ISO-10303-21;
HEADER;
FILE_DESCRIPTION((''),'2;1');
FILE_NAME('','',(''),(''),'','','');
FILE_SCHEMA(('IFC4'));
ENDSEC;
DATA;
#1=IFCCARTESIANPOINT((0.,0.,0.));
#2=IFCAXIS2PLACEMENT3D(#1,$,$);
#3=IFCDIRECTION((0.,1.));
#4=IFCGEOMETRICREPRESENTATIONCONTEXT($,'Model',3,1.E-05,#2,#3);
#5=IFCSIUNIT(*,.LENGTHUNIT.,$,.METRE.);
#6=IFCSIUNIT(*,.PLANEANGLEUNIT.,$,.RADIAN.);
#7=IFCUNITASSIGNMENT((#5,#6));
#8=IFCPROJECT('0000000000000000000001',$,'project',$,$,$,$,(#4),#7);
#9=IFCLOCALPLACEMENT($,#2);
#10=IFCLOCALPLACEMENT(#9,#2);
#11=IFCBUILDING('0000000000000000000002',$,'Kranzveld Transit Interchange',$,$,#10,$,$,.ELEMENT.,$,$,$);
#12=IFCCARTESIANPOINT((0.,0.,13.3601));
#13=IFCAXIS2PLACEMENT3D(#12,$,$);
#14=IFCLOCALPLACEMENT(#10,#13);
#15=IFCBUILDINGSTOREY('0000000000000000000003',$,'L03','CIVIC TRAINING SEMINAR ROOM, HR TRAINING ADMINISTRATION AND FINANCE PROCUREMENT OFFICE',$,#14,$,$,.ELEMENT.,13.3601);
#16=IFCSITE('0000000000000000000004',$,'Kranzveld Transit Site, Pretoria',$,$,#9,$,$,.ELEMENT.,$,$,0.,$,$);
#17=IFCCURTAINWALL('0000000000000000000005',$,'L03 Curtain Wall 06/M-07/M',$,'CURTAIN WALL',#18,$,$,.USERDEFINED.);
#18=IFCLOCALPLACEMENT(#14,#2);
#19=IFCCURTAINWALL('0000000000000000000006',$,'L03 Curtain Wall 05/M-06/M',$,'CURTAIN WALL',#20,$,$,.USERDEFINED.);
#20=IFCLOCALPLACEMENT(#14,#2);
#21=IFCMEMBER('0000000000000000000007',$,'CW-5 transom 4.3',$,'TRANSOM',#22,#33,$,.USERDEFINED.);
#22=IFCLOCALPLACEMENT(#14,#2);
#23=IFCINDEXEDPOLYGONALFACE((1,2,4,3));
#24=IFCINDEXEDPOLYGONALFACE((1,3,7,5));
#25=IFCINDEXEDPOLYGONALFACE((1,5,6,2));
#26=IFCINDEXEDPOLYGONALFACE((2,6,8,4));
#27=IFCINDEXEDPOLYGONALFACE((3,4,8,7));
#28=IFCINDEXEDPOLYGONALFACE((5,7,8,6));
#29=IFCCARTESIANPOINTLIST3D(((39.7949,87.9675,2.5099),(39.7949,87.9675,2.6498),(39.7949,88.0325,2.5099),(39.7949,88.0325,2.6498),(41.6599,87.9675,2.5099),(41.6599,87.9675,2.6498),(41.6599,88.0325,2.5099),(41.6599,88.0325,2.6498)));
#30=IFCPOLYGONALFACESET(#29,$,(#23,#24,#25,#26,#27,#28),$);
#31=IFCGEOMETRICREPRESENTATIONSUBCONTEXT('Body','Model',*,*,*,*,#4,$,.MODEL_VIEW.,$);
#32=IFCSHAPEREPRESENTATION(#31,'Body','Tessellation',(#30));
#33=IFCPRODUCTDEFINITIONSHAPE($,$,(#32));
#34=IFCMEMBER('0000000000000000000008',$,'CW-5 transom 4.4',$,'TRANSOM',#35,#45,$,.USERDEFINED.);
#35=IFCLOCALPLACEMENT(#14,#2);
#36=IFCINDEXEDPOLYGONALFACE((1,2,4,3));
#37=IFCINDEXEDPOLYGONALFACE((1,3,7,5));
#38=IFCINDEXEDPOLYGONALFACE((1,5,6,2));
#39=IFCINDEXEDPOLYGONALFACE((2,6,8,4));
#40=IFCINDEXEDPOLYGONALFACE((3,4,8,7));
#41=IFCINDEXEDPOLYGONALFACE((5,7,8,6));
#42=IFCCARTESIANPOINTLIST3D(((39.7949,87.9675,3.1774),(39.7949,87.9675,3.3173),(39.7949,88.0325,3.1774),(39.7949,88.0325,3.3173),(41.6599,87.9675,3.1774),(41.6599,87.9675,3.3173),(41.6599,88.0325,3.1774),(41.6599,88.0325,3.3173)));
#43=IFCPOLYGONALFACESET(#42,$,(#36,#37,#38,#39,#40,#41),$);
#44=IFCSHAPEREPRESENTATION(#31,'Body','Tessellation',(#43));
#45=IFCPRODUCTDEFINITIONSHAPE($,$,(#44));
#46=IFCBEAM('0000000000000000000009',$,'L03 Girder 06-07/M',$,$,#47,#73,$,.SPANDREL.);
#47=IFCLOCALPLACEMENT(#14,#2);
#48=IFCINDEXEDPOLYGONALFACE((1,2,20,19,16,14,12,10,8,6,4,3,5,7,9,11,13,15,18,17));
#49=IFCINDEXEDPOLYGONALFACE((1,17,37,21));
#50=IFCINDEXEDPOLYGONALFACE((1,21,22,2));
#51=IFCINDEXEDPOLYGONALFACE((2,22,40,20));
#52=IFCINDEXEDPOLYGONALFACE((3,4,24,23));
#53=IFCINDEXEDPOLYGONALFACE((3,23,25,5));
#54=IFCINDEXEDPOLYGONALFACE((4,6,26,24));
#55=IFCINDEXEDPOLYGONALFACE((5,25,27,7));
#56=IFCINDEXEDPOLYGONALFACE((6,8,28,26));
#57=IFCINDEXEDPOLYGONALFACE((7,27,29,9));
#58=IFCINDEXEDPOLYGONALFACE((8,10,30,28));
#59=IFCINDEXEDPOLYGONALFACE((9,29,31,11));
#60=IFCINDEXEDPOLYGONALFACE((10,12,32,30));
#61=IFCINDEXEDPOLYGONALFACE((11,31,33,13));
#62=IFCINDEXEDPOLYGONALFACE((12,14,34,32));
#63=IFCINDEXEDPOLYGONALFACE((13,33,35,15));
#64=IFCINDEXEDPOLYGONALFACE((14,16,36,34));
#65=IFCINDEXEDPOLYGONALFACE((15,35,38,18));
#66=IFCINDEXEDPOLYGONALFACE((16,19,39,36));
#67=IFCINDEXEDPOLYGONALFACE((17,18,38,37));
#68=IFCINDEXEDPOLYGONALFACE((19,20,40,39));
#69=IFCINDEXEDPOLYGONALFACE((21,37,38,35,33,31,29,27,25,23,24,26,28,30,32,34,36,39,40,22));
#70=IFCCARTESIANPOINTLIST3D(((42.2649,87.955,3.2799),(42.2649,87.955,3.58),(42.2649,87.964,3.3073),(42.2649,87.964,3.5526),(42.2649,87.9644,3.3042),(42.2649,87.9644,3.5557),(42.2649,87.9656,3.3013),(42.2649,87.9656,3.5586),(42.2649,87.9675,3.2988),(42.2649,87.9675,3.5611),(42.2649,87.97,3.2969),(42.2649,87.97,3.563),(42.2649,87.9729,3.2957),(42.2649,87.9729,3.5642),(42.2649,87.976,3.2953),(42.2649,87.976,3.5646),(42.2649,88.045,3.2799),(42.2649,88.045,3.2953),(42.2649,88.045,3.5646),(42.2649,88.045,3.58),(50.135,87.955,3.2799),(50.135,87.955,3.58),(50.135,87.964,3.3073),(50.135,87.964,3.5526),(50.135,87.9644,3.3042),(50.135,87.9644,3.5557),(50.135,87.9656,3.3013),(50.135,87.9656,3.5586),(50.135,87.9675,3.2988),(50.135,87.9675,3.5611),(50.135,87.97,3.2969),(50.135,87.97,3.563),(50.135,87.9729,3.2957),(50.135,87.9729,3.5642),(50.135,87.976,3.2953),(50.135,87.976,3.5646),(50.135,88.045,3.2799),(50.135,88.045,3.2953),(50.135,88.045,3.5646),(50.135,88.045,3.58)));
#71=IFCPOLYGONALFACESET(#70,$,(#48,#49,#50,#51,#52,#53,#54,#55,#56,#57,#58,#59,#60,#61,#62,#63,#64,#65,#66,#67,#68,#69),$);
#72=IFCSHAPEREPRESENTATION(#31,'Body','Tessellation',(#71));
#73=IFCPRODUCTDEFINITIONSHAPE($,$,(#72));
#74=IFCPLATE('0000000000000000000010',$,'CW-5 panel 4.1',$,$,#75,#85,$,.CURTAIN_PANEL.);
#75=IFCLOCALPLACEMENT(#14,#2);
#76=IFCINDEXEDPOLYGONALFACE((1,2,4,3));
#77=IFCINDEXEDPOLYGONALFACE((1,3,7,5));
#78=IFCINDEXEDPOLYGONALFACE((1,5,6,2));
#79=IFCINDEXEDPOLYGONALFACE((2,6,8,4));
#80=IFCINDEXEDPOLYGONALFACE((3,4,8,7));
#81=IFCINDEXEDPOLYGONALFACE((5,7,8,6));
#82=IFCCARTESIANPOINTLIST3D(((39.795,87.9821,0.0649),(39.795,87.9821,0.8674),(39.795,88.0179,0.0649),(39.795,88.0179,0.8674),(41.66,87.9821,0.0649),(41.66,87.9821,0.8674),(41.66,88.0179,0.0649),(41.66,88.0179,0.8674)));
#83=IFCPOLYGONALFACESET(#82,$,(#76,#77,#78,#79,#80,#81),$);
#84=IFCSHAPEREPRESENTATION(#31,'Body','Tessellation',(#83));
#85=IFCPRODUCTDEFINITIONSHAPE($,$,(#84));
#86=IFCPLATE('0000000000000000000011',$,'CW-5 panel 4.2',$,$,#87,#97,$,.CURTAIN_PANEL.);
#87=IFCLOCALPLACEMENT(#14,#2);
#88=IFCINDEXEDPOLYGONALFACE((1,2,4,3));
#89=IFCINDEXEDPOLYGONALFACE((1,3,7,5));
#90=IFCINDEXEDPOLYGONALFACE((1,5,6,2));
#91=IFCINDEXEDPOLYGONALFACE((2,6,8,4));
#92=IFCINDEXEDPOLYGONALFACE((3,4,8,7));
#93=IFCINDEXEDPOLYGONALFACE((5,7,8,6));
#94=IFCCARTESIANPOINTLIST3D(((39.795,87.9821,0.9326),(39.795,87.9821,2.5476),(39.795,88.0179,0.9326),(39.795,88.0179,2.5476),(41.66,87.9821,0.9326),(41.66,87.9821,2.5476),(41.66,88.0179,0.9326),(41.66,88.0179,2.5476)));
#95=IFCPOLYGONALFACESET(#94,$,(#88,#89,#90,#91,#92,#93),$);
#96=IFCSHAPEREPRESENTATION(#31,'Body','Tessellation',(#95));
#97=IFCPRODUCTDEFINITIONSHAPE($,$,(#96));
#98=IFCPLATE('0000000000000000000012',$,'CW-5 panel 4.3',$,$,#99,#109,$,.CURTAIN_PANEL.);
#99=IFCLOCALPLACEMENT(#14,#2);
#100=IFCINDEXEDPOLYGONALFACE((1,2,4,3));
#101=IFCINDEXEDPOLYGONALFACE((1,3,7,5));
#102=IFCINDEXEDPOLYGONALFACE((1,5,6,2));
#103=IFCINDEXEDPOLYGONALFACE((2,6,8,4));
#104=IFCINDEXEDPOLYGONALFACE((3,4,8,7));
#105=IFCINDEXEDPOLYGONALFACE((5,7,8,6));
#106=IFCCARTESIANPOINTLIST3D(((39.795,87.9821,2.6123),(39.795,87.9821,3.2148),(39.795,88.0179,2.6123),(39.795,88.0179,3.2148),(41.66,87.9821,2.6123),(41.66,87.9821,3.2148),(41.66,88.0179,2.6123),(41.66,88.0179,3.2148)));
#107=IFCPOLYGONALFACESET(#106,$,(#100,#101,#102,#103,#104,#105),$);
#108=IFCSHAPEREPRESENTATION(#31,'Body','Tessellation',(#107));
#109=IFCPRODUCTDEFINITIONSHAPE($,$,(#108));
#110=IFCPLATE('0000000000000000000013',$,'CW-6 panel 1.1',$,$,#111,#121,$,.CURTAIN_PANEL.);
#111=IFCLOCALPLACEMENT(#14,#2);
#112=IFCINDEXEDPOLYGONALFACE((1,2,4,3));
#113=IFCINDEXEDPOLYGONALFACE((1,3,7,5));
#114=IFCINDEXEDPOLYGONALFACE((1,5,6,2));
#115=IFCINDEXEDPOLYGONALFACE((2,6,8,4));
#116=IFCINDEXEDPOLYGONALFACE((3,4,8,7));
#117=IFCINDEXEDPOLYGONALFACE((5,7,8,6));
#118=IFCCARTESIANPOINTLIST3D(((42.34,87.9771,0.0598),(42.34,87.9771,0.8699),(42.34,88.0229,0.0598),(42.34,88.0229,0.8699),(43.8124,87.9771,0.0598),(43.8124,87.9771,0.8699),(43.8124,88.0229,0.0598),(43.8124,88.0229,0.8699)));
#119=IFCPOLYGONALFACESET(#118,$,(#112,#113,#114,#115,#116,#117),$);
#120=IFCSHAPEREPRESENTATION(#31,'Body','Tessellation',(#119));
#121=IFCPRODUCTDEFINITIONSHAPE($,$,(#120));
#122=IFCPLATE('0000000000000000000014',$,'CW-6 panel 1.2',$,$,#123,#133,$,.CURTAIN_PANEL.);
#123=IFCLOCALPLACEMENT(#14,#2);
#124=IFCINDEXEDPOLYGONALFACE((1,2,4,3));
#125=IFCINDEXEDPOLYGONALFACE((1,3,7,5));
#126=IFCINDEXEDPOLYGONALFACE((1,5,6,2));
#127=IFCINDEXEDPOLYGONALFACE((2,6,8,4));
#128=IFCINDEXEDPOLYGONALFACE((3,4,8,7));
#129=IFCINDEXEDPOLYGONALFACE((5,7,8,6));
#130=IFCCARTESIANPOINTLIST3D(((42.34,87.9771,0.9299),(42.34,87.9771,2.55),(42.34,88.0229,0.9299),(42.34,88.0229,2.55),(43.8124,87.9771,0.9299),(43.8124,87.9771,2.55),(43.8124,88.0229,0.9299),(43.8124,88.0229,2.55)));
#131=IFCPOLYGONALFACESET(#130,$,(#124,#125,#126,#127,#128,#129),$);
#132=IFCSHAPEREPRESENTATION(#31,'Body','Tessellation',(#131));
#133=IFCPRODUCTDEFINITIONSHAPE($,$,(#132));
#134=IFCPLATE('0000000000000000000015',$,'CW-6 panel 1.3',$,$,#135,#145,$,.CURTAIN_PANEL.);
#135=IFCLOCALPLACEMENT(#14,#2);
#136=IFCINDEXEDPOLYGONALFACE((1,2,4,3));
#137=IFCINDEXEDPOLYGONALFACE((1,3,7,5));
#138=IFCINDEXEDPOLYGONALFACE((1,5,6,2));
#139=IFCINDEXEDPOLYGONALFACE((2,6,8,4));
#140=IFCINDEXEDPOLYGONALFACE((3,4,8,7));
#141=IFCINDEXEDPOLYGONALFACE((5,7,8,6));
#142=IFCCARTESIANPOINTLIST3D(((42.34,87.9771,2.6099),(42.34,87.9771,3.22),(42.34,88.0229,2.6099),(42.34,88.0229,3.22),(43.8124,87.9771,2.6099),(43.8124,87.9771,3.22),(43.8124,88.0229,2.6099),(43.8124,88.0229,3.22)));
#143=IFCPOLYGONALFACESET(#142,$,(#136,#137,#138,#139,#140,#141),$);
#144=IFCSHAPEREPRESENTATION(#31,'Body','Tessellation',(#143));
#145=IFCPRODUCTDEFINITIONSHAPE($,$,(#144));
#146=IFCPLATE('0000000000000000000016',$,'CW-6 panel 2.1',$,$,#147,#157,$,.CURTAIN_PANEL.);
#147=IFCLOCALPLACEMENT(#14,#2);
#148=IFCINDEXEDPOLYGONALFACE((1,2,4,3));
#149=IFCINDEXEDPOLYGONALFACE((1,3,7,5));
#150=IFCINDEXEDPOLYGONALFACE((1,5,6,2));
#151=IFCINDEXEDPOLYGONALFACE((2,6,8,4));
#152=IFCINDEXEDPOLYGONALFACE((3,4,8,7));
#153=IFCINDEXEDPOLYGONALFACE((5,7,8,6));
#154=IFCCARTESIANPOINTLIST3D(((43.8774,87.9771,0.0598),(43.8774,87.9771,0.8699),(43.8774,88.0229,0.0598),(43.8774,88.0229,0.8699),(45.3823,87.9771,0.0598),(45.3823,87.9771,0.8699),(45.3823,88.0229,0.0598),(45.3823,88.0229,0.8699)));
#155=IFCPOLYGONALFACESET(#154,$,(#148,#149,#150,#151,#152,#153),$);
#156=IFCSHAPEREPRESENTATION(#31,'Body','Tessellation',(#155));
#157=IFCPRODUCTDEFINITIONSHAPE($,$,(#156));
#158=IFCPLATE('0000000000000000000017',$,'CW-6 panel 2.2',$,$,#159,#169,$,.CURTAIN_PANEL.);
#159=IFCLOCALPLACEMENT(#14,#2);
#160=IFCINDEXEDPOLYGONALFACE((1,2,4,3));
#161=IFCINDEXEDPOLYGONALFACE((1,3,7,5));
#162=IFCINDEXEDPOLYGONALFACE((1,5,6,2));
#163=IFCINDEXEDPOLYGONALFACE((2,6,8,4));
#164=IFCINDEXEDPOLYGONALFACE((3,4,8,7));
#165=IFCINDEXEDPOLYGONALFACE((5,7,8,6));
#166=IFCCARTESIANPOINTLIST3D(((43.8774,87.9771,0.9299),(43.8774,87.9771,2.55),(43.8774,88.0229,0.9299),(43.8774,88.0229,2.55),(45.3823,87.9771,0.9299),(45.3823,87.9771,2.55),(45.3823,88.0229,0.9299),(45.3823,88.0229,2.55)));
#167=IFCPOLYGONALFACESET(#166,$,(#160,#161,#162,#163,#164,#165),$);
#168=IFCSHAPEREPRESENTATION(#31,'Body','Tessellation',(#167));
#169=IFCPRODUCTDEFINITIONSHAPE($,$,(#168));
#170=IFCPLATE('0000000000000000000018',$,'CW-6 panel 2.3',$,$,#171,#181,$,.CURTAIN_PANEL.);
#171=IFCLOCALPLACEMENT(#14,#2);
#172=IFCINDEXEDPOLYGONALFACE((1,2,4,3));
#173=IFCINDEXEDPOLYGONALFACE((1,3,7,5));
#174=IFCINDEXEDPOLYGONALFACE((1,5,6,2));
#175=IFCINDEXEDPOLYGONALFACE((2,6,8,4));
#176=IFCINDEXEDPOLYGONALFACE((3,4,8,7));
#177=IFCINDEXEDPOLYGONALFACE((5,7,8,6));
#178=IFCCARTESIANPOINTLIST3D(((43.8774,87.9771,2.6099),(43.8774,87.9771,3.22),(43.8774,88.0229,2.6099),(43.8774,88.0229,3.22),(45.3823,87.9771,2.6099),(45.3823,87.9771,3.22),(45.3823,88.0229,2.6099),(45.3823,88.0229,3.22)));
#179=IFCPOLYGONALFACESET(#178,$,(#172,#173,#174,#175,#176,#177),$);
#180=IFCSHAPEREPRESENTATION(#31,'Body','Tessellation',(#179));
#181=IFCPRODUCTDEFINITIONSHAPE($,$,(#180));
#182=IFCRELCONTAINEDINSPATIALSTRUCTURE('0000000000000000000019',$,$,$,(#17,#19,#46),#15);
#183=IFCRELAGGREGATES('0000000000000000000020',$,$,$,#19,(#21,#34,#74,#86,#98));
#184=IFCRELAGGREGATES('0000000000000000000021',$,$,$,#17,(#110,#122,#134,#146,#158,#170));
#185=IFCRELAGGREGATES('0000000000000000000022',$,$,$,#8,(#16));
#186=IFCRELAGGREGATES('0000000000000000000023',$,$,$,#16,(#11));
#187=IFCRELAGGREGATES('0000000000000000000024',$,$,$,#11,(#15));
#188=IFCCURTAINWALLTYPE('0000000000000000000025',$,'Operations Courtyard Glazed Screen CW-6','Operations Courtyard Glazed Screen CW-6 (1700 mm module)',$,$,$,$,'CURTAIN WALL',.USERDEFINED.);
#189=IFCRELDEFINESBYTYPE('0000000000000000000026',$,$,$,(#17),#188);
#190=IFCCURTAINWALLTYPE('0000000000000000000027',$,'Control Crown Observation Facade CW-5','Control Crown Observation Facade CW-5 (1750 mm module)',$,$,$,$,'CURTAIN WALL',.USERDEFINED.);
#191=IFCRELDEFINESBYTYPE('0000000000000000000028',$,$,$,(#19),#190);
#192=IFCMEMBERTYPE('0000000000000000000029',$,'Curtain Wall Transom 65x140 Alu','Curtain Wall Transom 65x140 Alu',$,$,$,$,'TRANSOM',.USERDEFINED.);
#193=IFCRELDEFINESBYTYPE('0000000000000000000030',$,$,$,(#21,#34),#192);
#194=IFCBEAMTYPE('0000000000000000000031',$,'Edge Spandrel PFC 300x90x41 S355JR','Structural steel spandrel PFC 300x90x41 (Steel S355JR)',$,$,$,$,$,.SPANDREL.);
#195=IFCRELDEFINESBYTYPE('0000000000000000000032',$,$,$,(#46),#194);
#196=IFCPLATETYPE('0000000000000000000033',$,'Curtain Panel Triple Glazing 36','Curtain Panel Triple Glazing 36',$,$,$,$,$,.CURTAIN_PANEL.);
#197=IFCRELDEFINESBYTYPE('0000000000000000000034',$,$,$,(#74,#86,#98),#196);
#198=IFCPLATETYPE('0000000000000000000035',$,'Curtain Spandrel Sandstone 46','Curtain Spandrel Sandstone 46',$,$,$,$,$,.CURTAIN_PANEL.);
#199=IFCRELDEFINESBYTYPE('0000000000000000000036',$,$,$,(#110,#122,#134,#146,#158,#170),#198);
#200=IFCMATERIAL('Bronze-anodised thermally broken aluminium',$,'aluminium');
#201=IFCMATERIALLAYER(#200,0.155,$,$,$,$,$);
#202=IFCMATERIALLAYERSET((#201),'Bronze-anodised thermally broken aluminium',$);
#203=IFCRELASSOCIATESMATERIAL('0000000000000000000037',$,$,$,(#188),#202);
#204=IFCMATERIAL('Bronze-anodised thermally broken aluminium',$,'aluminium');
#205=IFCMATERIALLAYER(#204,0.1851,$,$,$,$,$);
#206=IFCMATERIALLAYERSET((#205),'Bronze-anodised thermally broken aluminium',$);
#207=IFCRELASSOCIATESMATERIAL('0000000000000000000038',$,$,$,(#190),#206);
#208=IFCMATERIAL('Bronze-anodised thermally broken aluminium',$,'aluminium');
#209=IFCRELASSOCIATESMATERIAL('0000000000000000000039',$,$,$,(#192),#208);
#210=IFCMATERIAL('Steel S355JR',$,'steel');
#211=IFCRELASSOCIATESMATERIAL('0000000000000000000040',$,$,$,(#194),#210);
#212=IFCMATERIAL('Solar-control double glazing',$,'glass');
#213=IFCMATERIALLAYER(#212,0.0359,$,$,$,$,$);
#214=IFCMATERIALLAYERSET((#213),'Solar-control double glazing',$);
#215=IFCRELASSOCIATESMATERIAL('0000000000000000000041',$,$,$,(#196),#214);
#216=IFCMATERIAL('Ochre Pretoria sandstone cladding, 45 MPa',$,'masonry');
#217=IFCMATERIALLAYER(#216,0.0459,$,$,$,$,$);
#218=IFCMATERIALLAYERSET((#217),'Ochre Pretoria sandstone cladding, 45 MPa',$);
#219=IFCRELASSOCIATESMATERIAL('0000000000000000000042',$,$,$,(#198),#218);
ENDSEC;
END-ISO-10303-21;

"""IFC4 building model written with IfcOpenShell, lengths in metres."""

from ifc_helpers import new_model, si_unit, direction, frame, origin, origin_2d, place, context, subcontext, project, spatial, rectangle, u_section, extrude, material, layer, layer_set, material_profile, profile_set, type_object, element, aggregate, save


model = new_model("IFC4")

# Units and contexts
model_context = context("Model", 3, precision=1e-05, world=origin(), true_north=direction((0.0, 1.0)))
body_context = subcontext(model_context, "Body", "Model", "MODEL_VIEW")
ifc_project = project(units=[si_unit("LENGTHUNIT", "METRE"), si_unit("PLANEANGLEUNIT", "RADIAN")], contexts=[model_context])

# Site, building, storey
site_placement = place(None, origin())
site = spatial("IfcSite", under=ifc_project, at=site_placement, Name="Kranzveld Transit Site, Pretoria", CompositionType="ELEMENT", RefElevation=0.0)
building_placement = place(site_placement, origin())
building = spatial("IfcBuilding", under=site, at=building_placement, Name="Kranzveld Transit Interchange", CompositionType="ELEMENT")
storey_placement = place(building_placement, frame((0.0, 0.0, 13.3601)))
storey = spatial("IfcBuildingStorey", under=building, at=storey_placement, Name="L03", Description="CIVIC TRAINING SEMINAR ROOM, HR TRAINING ADMINISTRATION AND FINANCE PROCUREMENT OFFICE", CompositionType="ELEMENT", Elevation=13.3601)

# Curtain wall
ifc_material_1 = material(Name="Bronze-anodised thermally broken aluminium", Category="aluminium")
ifc_layer_1 = layer(ifc_material_1, 0.155)
ifc_layer_set_1 = layer_set([ifc_layer_1], Name="Bronze-anodised thermally broken aluminium")
curtain_wall_type_1 = type_object("IfcCurtainWallType", Name="Operations Courtyard Glazed Screen CW-6", Description="Operations Courtyard Glazed Screen CW-6 (1700 mm module)", ElementType="CURTAIN WALL", PredefinedType="USERDEFINED", material=ifc_layer_set_1)
curtain_wall_1_placement = place(storey_placement, origin())
curtain_wall_1 = element("IfcCurtainWall", 1, at=curtain_wall_1_placement, inside=storey, type_object=curtain_wall_type_1, Name="L03 Curtain Wall 06/M-07/M", ObjectType="CURTAIN WALL", PredefinedType="USERDEFINED")

# Curtain wall
ifc_material_2 = material(Name="Bronze-anodised thermally broken aluminium", Category="aluminium")
ifc_layer_2 = layer(ifc_material_2, 0.1851)
ifc_layer_set_2 = layer_set([ifc_layer_2], Name="Bronze-anodised thermally broken aluminium")
curtain_wall_type_2 = type_object("IfcCurtainWallType", Name="Control Crown Observation Facade CW-5", Description="Control Crown Observation Facade CW-5 (1750 mm module)", ElementType="CURTAIN WALL", PredefinedType="USERDEFINED", material=ifc_layer_set_2)
curtain_wall_2_placement = place(storey_placement, origin())
curtain_wall_2 = element("IfcCurtainWall", 2, at=curtain_wall_2_placement, inside=storey, type_object=curtain_wall_type_2, Name="L03 Curtain Wall 05/M-06/M", ObjectType="CURTAIN WALL", PredefinedType="USERDEFINED")

# Members
ifc_material_3 = material(Name="Bronze-anodised thermally broken aluminium", Category="aluminium")
ifc_material_profile_1 = material_profile(ifc_material_3, rectangle(XDim=0.0649, YDim=0.1399, at=origin_2d()), Name="ALU TRANSOM 65x140")
ifc_profile_set_1 = profile_set([ifc_material_profile_1], Name="Bronze-anodised thermally broken aluminium")
member_type_1 = type_object("IfcMemberType", Name="Curtain Wall Transom 65x140 Alu", Description="Curtain Wall Transom 65x140 Alu", ElementType="TRANSOM", PredefinedType="USERDEFINED", material=ifc_profile_set_1)
member_1_placement = place(storey_placement, frame((39.7949, 88.0, 2.5798), z_axis=(1.0, 0.0, 0.0), x_axis=(0.0, 1.0, 0.0)))
member_1 = element("IfcMember", 3, at=member_1_placement, type_object=member_type_1, Name="CW-5 transom 4.3", ObjectType="TRANSOM", PredefinedType="USERDEFINED", context=body_context, shape_type="SweptSolid", body=[
    extrude(rectangle(XDim=0.0649, YDim=0.1399, at=origin_2d()), origin(), (0.0, 0.0, 1.0), 1.865),
])
member_2_placement = place(storey_placement, frame((39.7949, 88.0, 3.2473), z_axis=(1.0, 0.0, 0.0), x_axis=(0.0, 1.0, 0.0)))
member_2 = element("IfcMember", 4, at=member_2_placement, type_object=member_type_1, Name="CW-5 transom 4.4", ObjectType="TRANSOM", PredefinedType="USERDEFINED", context=body_context, shape_type="SweptSolid", body=[
    extrude(rectangle(XDim=0.0649, YDim=0.1399, at=origin_2d()), origin(), (0.0, 0.0, 1.0), 1.865),
])

# Beam
ifc_material_4 = material(Name="Steel S355JR", Category="steel")
ifc_material_profile_2 = material_profile(ifc_material_4, u_section(Depth=0.3, FlangeWidth=0.0901, WebThickness=0.009, FlangeThickness=0.0154, FilletRadius=0.012, at=origin_2d()), Name="PFC 300x90x41")
ifc_profile_set_2 = profile_set([ifc_material_profile_2], Name="Steel S355JR")
beam_type = type_object("IfcBeamType", Name="Edge Spandrel PFC 300x90x41 S355JR", Description="Structural steel spandrel PFC 300x90x41 (Steel S355JR)", PredefinedType="SPANDREL", material=ifc_profile_set_2)
beam_placement = place(storey_placement, frame((42.2649, 88.0, 3.4299), z_axis=(1.0, 0.0, 0.0), x_axis=(0.0, 1.0, 0.0)))
element("IfcBeam", 5, at=beam_placement, inside=storey, type_object=beam_type, Name="L03 Girder 06-07/M", PredefinedType="SPANDREL", context=body_context, shape_type="SweptSolid", body=[
    extrude(u_section(Depth=0.3, FlangeWidth=0.0901, WebThickness=0.009, FlangeThickness=0.0154, FilletRadius=0.012, at=origin_2d()), origin(), (0.0, 0.0, 1.0), 7.8701),
])

# Plates
ifc_material_5 = material(Name="Solar-control double glazing", Category="glass")
ifc_layer_3 = layer(ifc_material_5, 0.0359)
ifc_layer_set_3 = layer_set([ifc_layer_3], Name="Solar-control double glazing")
plate_type_1 = type_object("IfcPlateType", Name="Curtain Panel Triple Glazing 36", Description="Curtain Panel Triple Glazing 36", PredefinedType="CURTAIN_PANEL", material=ifc_layer_set_3)
plate_1_placement = place(storey_placement, frame((40.7275, 88.0, 0.0649), z_axis=(0.0, 0.0, 1.0), x_axis=(1.0, 0.0, 0.0)))
plate_1 = element("IfcPlate", 6, at=plate_1_placement, type_object=plate_type_1, Name="CW-5 panel 4.1", PredefinedType="CURTAIN_PANEL", context=body_context, shape_type="SweptSolid", body=[
    extrude(rectangle(XDim=1.865, YDim=0.0359, at=origin_2d()), origin(), (0.0, 0.0, 1.0), 0.8025),
])
plate_2_placement = place(storey_placement, frame((40.7275, 88.0, 0.9326), z_axis=(0.0, 0.0, 1.0), x_axis=(1.0, 0.0, 0.0)))
plate_2 = element("IfcPlate", 7, at=plate_2_placement, type_object=plate_type_1, Name="CW-5 panel 4.2", PredefinedType="CURTAIN_PANEL", context=body_context, shape_type="SweptSolid", body=[
    extrude(rectangle(XDim=1.865, YDim=0.0359, at=origin_2d()), origin(), (0.0, 0.0, 1.0), 1.615),
])
plate_3_placement = place(storey_placement, frame((40.7275, 88.0, 2.6123), z_axis=(0.0, 0.0, 1.0), x_axis=(1.0, 0.0, 0.0)))
plate_3 = element("IfcPlate", 8, at=plate_3_placement, type_object=plate_type_1, Name="CW-5 panel 4.3", PredefinedType="CURTAIN_PANEL", context=body_context, shape_type="SweptSolid", body=[
    extrude(rectangle(XDim=1.865, YDim=0.0359, at=origin_2d()), origin(), (0.0, 0.0, 1.0), 0.6025),
])
aggregate(curtain_wall_2, [member_1, member_2, plate_1, plate_2, plate_3])
ifc_material_6 = material(Name="Ochre Pretoria sandstone cladding, 45 MPa", Category="masonry")
ifc_layer_4 = layer(ifc_material_6, 0.0459)
ifc_layer_set_4 = layer_set([ifc_layer_4], Name="Ochre Pretoria sandstone cladding, 45 MPa")
plate_type_2 = type_object("IfcPlateType", Name="Curtain Spandrel Sandstone 46", Description="Curtain Spandrel Sandstone 46", PredefinedType="CURTAIN_PANEL", material=ifc_layer_set_4)
plate_4_placement = place(storey_placement, frame((43.0762, 88.0, 0.0598), z_axis=(0.0, 0.0, 1.0), x_axis=(1.0, 0.0, 0.0)))
plate_4 = element("IfcPlate", 9, at=plate_4_placement, type_object=plate_type_2, Name="CW-6 panel 1.1", PredefinedType="CURTAIN_PANEL", context=body_context, shape_type="SweptSolid", body=[
    extrude(rectangle(XDim=1.4724, YDim=0.0459, at=origin_2d()), origin(), (0.0, 0.0, 1.0), 0.8101),
])
plate_5_placement = place(storey_placement, frame((43.0762, 88.0, 0.9299), z_axis=(0.0, 0.0, 1.0), x_axis=(1.0, 0.0, 0.0)))
plate_5 = element("IfcPlate", 10, at=plate_5_placement, type_object=plate_type_2, Name="CW-6 panel 1.2", PredefinedType="CURTAIN_PANEL", context=body_context, shape_type="SweptSolid", body=[
    extrude(rectangle(XDim=1.4724, YDim=0.0459, at=origin_2d()), origin(), (0.0, 0.0, 1.0), 1.6201),
])
plate_6_placement = place(storey_placement, frame((43.0762, 88.0, 2.6099), z_axis=(0.0, 0.0, 1.0), x_axis=(1.0, 0.0, 0.0)))
plate_6 = element("IfcPlate", 11, at=plate_6_placement, type_object=plate_type_2, Name="CW-6 panel 1.3", PredefinedType="CURTAIN_PANEL", context=body_context, shape_type="SweptSolid", body=[
    extrude(rectangle(XDim=1.4724, YDim=0.0459, at=origin_2d()), origin(), (0.0, 0.0, 1.0), 0.6101),
])
plate_7_placement = place(storey_placement, frame((44.6299, 88.0, 0.0598), z_axis=(0.0, 0.0, 1.0), x_axis=(1.0, 0.0, 0.0)))
plate_7 = element("IfcPlate", 12, at=plate_7_placement, type_object=plate_type_2, Name="CW-6 panel 2.1", PredefinedType="CURTAIN_PANEL", context=body_context, shape_type="SweptSolid", body=[
    extrude(rectangle(XDim=1.5049, YDim=0.0459, at=origin_2d()), origin(), (0.0, 0.0, 1.0), 0.8101),
])
plate_8_placement = place(storey_placement, frame((44.6299, 88.0, 0.9299), z_axis=(0.0, 0.0, 1.0), x_axis=(1.0, 0.0, 0.0)))
plate_8 = element("IfcPlate", 13, at=plate_8_placement, type_object=plate_type_2, Name="CW-6 panel 2.2", PredefinedType="CURTAIN_PANEL", context=body_context, shape_type="SweptSolid", body=[
    extrude(rectangle(XDim=1.5049, YDim=0.0459, at=origin_2d()), origin(), (0.0, 0.0, 1.0), 1.6201),
])
plate_9_placement = place(storey_placement, frame((44.6299, 88.0, 2.6099), z_axis=(0.0, 0.0, 1.0), x_axis=(1.0, 0.0, 0.0)))
plate_9 = element("IfcPlate", 14, at=plate_9_placement, type_object=plate_type_2, Name="CW-6 panel 2.3", PredefinedType="CURTAIN_PANEL", context=body_context, shape_type="SweptSolid", body=[
    extrude(rectangle(XDim=1.5049, YDim=0.0459, at=origin_2d()), origin(), (0.0, 0.0, 1.0), 0.6101),
])
aggregate(curtain_wall_1, [plate_4, plate_5, plate_6, plate_7, plate_8, plate_9])

save(model, "model.ifc")
